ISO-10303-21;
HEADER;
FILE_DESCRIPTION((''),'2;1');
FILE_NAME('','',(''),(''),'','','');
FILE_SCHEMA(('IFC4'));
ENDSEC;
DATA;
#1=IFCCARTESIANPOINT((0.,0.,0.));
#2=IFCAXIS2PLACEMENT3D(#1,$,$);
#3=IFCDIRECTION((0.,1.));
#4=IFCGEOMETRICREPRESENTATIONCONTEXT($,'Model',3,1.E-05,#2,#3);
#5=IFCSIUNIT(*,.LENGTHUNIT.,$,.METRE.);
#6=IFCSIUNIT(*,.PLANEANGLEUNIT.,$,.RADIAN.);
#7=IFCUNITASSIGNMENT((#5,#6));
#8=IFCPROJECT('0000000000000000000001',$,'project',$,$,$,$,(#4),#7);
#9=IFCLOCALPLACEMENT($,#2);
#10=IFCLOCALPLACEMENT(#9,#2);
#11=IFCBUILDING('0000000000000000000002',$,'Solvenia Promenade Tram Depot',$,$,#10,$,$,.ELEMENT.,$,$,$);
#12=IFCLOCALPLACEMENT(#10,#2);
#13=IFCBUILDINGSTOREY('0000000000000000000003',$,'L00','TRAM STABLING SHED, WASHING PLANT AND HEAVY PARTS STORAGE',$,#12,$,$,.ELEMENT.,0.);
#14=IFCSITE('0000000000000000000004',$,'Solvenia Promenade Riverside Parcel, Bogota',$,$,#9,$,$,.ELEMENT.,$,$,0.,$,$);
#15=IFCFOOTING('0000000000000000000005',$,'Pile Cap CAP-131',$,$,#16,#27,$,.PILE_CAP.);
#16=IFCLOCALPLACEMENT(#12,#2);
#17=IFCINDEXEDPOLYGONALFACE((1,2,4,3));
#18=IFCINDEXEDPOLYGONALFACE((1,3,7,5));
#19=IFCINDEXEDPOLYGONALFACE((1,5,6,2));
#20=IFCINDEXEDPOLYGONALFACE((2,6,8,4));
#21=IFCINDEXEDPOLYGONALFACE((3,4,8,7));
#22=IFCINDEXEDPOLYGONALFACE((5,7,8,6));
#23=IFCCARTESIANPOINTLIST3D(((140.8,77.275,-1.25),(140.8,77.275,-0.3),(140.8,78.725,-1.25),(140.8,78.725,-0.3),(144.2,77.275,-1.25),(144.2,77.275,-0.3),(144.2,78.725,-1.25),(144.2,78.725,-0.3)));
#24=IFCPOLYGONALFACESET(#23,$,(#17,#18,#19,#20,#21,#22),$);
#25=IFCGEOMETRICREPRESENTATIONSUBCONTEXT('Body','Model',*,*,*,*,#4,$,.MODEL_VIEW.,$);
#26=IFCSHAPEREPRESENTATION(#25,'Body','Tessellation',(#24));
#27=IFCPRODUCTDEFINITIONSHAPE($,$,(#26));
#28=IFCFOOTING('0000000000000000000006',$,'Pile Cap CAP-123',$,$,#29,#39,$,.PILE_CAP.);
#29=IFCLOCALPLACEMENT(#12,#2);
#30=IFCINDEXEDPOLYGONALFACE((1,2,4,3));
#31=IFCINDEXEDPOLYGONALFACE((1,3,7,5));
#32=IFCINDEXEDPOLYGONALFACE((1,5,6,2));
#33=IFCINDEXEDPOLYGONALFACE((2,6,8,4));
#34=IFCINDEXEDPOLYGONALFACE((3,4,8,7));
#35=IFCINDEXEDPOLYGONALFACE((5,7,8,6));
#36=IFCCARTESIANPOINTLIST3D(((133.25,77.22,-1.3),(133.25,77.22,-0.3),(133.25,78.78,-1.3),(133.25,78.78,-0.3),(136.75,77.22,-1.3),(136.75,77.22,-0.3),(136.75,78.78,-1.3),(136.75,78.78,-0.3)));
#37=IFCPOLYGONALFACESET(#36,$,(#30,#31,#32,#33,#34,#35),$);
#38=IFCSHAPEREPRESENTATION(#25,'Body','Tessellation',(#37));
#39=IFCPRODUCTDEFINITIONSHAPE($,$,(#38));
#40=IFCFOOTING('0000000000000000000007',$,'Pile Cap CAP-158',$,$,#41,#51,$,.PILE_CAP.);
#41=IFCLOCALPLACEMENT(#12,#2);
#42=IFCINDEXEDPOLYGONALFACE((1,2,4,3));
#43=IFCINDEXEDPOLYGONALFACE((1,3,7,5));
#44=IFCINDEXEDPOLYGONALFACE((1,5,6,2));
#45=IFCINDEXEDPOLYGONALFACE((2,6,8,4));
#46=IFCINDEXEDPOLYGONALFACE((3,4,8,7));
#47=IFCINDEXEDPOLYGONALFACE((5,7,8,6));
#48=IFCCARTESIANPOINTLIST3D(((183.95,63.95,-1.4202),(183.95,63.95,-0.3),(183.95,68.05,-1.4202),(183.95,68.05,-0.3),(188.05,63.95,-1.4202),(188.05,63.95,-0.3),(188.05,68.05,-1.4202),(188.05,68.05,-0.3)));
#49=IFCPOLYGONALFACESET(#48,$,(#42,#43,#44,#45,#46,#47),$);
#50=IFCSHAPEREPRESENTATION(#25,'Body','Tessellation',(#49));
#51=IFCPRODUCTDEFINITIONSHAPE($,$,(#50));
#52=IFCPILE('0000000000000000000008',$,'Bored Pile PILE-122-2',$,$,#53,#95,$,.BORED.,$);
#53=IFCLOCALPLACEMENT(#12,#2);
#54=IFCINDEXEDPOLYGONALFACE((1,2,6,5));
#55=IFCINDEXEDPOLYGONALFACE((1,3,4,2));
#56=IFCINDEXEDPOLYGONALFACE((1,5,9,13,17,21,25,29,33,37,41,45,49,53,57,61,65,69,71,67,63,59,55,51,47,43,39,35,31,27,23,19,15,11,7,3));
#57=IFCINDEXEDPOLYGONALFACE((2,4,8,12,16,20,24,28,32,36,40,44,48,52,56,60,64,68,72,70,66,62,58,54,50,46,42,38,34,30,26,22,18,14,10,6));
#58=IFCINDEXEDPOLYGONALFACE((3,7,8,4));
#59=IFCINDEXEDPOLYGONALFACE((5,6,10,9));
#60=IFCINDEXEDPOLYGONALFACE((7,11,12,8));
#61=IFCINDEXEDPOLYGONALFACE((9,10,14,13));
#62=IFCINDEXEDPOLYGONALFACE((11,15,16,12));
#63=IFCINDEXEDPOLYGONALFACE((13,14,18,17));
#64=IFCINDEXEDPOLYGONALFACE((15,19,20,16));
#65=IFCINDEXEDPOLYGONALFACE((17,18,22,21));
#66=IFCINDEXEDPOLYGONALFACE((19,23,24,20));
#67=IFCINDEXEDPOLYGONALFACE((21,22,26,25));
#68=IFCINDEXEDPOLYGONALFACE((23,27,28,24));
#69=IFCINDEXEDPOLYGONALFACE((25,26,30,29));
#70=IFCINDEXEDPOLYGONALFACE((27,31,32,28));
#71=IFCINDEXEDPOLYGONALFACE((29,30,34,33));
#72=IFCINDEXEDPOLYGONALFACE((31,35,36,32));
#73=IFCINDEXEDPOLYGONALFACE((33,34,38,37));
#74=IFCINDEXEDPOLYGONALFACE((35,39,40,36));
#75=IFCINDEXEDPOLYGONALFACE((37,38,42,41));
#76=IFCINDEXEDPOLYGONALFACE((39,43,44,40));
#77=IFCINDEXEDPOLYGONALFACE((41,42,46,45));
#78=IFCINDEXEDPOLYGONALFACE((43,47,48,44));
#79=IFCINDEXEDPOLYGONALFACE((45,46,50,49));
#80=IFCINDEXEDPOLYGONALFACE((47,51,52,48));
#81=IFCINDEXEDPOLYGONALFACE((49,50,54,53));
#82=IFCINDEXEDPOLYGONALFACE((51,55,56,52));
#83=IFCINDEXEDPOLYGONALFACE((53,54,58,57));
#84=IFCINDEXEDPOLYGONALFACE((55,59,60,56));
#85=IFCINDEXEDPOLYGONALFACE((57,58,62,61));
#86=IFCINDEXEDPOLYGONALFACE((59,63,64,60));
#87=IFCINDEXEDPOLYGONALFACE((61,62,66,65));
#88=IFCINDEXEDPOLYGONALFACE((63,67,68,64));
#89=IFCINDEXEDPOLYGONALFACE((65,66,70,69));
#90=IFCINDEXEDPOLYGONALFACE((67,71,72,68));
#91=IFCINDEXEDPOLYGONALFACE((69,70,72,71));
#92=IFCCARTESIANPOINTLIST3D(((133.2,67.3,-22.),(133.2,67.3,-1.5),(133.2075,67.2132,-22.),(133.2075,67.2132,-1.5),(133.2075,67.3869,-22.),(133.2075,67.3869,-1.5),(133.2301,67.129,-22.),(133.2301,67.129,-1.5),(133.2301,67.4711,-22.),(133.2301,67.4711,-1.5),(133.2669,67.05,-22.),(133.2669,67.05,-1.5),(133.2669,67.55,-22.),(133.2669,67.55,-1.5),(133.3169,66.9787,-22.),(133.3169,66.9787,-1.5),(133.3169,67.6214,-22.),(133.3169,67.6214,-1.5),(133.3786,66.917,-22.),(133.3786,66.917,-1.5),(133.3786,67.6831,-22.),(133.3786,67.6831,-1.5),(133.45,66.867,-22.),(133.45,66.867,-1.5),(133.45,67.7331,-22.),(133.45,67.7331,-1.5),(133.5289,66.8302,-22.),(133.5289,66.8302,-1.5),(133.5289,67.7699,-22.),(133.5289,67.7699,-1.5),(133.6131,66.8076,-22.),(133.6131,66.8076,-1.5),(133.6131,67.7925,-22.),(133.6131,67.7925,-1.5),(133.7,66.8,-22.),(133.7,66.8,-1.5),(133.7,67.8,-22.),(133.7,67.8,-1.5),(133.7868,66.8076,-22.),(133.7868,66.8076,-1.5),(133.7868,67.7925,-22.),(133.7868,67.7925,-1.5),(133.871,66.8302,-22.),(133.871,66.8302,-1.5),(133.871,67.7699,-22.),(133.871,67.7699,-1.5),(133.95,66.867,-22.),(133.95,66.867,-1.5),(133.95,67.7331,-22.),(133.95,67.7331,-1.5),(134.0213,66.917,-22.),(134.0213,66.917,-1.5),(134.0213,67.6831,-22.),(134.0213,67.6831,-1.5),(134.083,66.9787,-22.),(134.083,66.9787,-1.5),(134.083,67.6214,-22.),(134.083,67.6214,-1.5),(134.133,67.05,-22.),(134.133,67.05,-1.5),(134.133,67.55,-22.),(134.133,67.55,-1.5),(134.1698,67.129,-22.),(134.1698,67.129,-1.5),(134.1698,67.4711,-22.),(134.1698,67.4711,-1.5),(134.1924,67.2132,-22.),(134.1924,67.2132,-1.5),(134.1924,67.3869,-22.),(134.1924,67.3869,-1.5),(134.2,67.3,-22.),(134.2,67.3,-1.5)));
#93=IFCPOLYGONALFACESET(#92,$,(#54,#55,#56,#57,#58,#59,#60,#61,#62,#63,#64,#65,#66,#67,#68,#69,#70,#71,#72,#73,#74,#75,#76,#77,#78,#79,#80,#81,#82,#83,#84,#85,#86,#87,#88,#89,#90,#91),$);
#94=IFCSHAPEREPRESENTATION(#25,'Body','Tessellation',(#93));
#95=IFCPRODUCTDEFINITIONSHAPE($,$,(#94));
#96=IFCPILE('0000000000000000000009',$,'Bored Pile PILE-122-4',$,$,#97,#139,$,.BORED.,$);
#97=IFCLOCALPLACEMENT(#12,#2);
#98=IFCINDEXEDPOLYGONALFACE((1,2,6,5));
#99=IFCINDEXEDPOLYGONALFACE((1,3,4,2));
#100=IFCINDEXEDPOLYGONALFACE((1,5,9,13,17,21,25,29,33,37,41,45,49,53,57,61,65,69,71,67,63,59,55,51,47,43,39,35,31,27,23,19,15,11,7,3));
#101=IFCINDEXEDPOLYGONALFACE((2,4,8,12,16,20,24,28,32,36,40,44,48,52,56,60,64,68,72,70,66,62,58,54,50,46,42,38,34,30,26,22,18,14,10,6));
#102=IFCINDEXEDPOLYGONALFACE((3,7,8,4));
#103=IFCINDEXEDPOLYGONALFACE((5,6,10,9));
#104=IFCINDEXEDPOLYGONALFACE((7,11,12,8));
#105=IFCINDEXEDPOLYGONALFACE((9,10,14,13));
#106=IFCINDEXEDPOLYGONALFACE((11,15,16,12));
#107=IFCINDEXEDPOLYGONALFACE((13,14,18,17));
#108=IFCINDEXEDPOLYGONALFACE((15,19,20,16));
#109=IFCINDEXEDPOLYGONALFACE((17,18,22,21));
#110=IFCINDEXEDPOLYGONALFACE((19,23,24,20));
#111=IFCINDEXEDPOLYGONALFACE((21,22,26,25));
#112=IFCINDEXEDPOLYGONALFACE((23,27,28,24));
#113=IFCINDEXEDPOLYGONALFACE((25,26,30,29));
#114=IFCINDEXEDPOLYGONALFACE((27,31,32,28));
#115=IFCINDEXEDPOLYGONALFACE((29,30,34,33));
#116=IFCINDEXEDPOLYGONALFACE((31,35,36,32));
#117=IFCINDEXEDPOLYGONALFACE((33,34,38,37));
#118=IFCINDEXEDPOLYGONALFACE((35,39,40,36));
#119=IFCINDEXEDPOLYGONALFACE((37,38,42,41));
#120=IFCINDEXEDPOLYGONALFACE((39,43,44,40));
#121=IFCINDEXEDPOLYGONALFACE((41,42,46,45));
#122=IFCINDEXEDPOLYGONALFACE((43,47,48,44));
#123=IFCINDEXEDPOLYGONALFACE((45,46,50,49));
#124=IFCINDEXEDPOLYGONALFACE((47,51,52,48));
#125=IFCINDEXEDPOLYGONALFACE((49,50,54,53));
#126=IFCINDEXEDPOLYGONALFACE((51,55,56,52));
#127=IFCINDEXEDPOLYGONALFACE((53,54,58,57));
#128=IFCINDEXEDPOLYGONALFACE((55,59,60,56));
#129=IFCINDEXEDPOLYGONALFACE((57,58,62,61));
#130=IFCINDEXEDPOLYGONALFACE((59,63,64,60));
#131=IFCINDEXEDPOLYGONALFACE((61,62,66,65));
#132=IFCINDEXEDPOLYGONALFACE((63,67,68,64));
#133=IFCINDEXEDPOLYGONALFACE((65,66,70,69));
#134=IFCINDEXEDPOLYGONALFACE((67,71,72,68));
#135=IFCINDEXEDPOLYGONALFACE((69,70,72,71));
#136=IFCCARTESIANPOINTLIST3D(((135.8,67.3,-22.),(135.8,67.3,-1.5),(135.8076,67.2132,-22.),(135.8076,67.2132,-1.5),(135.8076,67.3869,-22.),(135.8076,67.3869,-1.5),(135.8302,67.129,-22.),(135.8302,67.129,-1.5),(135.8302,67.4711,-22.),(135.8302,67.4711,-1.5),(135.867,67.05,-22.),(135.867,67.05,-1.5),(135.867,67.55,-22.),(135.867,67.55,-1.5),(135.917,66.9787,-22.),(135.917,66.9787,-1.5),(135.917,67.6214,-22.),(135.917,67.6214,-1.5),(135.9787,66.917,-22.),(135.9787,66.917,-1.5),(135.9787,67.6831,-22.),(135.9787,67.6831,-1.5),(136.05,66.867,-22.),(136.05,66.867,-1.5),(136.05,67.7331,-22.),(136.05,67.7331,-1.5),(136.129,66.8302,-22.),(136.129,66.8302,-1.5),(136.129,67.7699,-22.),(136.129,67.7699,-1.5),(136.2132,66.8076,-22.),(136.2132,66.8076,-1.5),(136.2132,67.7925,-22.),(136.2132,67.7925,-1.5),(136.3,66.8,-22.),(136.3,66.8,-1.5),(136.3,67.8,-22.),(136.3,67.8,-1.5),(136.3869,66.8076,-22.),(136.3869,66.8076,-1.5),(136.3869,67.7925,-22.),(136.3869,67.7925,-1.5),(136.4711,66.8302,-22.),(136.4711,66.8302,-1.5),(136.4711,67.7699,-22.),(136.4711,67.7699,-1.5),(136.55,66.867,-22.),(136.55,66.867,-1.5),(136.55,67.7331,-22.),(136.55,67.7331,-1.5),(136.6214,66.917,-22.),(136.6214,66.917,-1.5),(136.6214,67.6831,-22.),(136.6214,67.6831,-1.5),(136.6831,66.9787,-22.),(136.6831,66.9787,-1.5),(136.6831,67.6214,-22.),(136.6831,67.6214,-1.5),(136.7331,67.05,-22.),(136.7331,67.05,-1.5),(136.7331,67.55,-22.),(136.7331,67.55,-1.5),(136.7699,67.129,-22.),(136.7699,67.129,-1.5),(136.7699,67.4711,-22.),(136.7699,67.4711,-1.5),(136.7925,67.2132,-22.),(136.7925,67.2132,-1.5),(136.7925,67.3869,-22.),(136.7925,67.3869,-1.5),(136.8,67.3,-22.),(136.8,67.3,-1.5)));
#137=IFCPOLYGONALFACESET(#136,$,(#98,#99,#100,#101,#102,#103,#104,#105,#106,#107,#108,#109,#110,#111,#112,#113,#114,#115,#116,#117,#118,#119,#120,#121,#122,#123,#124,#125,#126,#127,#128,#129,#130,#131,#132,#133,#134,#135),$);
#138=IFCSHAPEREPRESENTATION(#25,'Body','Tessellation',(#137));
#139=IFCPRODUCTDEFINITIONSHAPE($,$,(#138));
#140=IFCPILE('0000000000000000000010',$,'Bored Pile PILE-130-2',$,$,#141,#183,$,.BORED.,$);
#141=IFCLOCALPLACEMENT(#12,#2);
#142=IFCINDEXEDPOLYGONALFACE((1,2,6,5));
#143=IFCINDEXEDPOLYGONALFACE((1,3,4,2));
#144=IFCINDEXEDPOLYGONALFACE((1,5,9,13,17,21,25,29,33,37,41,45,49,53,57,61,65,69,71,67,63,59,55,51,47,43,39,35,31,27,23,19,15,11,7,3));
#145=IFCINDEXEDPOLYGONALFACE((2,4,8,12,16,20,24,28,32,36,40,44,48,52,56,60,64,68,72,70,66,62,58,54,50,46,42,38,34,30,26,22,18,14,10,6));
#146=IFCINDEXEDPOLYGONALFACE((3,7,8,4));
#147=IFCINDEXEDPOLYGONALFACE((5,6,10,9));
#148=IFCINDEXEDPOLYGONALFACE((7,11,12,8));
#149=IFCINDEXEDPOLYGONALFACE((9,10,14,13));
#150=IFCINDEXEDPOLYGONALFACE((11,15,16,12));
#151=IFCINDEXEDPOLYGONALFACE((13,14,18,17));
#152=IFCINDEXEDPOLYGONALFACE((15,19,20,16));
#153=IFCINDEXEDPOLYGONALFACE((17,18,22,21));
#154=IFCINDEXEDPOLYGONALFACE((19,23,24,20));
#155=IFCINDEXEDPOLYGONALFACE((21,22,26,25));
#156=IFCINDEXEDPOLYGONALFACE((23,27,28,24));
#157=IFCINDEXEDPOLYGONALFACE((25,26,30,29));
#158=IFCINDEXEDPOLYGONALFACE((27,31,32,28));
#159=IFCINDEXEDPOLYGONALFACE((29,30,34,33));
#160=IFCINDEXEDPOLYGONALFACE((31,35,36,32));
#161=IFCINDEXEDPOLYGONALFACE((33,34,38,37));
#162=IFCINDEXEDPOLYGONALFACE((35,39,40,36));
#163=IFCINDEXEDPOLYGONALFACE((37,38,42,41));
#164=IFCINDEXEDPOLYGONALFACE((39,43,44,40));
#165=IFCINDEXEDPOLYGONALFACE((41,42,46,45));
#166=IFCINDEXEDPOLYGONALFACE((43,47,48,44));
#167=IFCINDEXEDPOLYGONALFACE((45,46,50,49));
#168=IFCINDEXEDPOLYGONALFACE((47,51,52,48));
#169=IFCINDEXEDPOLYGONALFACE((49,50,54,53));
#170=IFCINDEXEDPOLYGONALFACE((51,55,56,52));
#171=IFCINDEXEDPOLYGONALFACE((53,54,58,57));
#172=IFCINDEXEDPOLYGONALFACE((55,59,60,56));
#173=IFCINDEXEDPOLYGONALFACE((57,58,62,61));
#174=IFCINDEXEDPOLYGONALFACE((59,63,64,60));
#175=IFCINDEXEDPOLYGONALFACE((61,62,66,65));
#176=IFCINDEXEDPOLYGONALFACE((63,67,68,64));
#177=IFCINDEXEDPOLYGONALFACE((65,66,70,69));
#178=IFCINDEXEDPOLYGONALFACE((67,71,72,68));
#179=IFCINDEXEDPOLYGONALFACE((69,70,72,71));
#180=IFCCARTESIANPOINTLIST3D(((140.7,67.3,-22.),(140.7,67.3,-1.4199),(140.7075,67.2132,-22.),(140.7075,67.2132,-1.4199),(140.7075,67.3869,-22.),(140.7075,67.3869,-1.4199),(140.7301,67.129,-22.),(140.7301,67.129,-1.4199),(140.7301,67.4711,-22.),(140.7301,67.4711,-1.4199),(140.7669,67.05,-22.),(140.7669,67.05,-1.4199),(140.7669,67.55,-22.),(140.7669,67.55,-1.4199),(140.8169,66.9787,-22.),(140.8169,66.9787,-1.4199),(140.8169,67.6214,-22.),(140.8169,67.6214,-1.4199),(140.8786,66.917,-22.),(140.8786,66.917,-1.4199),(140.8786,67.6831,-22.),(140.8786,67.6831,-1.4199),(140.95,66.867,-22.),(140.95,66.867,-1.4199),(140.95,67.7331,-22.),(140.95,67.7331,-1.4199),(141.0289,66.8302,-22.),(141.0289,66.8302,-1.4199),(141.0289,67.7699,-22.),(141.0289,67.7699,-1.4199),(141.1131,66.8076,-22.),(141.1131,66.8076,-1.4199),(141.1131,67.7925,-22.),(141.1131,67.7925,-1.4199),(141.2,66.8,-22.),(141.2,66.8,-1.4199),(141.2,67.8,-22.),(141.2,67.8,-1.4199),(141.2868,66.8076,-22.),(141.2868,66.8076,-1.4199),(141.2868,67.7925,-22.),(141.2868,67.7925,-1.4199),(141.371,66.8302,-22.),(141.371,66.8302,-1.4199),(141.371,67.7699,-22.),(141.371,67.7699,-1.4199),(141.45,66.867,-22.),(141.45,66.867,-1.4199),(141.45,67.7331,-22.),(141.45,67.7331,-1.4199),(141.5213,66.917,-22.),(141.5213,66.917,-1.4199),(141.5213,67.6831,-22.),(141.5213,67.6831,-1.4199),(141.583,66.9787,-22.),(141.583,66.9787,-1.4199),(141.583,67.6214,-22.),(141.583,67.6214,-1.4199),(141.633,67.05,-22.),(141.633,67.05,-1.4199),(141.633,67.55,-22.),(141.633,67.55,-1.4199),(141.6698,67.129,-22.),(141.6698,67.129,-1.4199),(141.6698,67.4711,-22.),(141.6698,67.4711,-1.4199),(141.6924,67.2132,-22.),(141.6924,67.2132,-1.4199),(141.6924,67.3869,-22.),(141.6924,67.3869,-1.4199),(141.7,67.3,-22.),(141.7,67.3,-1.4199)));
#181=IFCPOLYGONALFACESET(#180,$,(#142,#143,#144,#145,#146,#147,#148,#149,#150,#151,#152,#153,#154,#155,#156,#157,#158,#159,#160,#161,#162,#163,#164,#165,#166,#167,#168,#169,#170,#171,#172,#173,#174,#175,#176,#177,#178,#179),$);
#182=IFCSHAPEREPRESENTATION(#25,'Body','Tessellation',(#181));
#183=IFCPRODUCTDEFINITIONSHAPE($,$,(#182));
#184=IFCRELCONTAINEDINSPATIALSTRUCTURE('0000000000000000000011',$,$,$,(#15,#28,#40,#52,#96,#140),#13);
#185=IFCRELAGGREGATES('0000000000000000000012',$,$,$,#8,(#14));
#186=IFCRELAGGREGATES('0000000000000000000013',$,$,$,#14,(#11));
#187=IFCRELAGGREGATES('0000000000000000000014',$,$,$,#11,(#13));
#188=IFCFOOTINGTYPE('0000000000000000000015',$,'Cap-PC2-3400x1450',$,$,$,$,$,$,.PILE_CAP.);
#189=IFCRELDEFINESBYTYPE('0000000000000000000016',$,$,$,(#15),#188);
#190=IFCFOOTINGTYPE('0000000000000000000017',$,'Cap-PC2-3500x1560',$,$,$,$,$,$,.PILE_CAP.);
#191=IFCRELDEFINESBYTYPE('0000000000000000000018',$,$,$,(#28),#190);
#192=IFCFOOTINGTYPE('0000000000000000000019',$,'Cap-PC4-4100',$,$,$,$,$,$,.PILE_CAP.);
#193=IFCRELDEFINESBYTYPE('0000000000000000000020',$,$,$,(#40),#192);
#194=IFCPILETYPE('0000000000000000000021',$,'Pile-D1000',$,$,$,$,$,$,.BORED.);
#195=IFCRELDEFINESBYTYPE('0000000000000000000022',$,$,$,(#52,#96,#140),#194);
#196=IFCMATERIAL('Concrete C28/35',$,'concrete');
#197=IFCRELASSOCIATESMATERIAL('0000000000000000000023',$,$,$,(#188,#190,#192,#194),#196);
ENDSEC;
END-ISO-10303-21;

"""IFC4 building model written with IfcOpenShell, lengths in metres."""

from ifc_helpers import new_model, si_unit, direction, frame, origin, origin_2d, place, context, subcontext, project, spatial, rectangle, circle, extrude, material, material_profile, profile_set, type_object, element, save


model = new_model("IFC4")

# Units and contexts
model_context = context("Model", 3, precision=1e-05, world=origin(), true_north=direction((0.0, 1.0)))
body_context = subcontext(model_context, "Body", "Model", "MODEL_VIEW")
ifc_project = project(units=[si_unit("LENGTHUNIT", "METRE"), si_unit("PLANEANGLEUNIT", "RADIAN")], contexts=[model_context])

# Site, building, storey
site_placement = place(None, origin())
site = spatial("IfcSite", under=ifc_project, at=site_placement, Name="Solvenia Promenade Riverside Parcel, Bogota", CompositionType="ELEMENT", RefElevation=0.0)
building_placement = place(site_placement, origin())
building = spatial("IfcBuilding", under=site, at=building_placement, Name="Solvenia Promenade Tram Depot", CompositionType="ELEMENT")
storey_placement = place(building_placement, origin())
storey = spatial("IfcBuildingStorey", under=building, at=storey_placement, Name="L00", Description="TRAM STABLING SHED, WASHING PLANT AND HEAVY PARTS STORAGE", CompositionType="ELEMENT", Elevation=0.0)

# Footings
ifc_material_1 = material(Name="Concrete C28/35", Category="concrete")
footing_type_1 = type_object("IfcFootingType", Name="Cap-PC2-3400x1450", PredefinedType="PILE_CAP", material=ifc_material_1)
footing_1_placement = place(storey_placement, frame((142.5, 78.0, -1.25), z_axis=(0.0, 0.0, 1.0), x_axis=(1.0, 0.0, 0.0)))
element("IfcFooting", 1, at=footing_1_placement, inside=storey, type_object=footing_type_1, Name="Pile Cap CAP-131", PredefinedType="PILE_CAP", context=body_context, shape_type="SweptSolid", body=[
    extrude(rectangle(XDim=3.3999, YDim=1.45, at=origin_2d()), origin(), (0.0, 0.0, 1.0), 0.95),
])
footing_type_2 = type_object("IfcFootingType", Name="Cap-PC2-3500x1560", PredefinedType="PILE_CAP", material=ifc_material_1)
footing_2_placement = place(storey_placement, frame((135.0, 78.0, -1.3), z_axis=(0.0, 0.0, 1.0), x_axis=(1.0, 0.0, 0.0)))
element("IfcFooting", 2, at=footing_2_placement, inside=storey, type_object=footing_type_2, Name="Pile Cap CAP-123", PredefinedType="PILE_CAP", context=body_context, shape_type="SweptSolid", body=[
    extrude(rectangle(XDim=3.5, YDim=1.5601, at=origin_2d()), origin(), (0.0, 0.0, 1.0), 1.0),
])
footing_type_3 = type_object("IfcFootingType", Name="Cap-PC4-4100", PredefinedType="PILE_CAP", material=ifc_material_1)
footing_3_placement = place(storey_placement, frame((186.0, 66.0, -1.4202), z_axis=(0.0, 0.0, 1.0), x_axis=(1.0, 0.0, 0.0)))
element("IfcFooting", 3, at=footing_3_placement, inside=storey, type_object=footing_type_3, Name="Pile Cap CAP-158", PredefinedType="PILE_CAP", context=body_context, shape_type="SweptSolid", body=[
    extrude(rectangle(XDim=4.1001, YDim=4.1001, at=origin_2d()), origin(), (0.0, 0.0, 1.0), 1.1201),
])

# Piles
ifc_material_profile_1 = material_profile(ifc_material_1, circle(Radius=0.5, at=origin_2d()), Name="D1000", Category="concrete")
ifc_profile_set_1 = profile_set([ifc_material_profile_1], Name="Concrete C28/35")
pile_type_1 = type_object("IfcPileType", Name="Pile-D1000", PredefinedType="BORED", material=ifc_profile_set_1)
for number, where, z_axis, x_axis, name in (
    (4, (133.7, 67.3, -1.5), (0.0, 0.0, -1.0), (1.0, 0.0, 0.0), "Bored Pile PILE-122-2"),
    (5, (136.3, 67.3, -1.5), (0.0, 0.0, -1.0), (1.0, 0.0, 0.0), "Bored Pile PILE-122-4"),
):
    element("IfcPile", number, at=place(storey_placement, frame(where, z_axis=z_axis, x_axis=x_axis)), inside=storey, type_object=pile_type_1, Name=name, PredefinedType="BORED", context=body_context, shape_type="SweptSolid", body=[
        extrude(circle(Radius=0.5, at=origin_2d()), origin(), (0.0, 0.0, 1.0), 20.5),
    ])
for number, where, z_axis, x_axis, name in (
    (6, (141.2, 67.3, -1.4199), (0.0, 0.0, -1.0), (1.0, 0.0, 0.0), "Bored Pile PILE-130-2"),
):
    element("IfcPile", number, at=place(storey_placement, frame(where, z_axis=z_axis, x_axis=x_axis)), inside=storey, type_object=pile_type_1, Name=name, PredefinedType="BORED", context=body_context, shape_type="SweptSolid", body=[
        extrude(circle(Radius=0.5, at=origin_2d()), origin(), (0.0, 0.0, 1.0), 20.5801),
    ])

save(model, "model.ifc")
